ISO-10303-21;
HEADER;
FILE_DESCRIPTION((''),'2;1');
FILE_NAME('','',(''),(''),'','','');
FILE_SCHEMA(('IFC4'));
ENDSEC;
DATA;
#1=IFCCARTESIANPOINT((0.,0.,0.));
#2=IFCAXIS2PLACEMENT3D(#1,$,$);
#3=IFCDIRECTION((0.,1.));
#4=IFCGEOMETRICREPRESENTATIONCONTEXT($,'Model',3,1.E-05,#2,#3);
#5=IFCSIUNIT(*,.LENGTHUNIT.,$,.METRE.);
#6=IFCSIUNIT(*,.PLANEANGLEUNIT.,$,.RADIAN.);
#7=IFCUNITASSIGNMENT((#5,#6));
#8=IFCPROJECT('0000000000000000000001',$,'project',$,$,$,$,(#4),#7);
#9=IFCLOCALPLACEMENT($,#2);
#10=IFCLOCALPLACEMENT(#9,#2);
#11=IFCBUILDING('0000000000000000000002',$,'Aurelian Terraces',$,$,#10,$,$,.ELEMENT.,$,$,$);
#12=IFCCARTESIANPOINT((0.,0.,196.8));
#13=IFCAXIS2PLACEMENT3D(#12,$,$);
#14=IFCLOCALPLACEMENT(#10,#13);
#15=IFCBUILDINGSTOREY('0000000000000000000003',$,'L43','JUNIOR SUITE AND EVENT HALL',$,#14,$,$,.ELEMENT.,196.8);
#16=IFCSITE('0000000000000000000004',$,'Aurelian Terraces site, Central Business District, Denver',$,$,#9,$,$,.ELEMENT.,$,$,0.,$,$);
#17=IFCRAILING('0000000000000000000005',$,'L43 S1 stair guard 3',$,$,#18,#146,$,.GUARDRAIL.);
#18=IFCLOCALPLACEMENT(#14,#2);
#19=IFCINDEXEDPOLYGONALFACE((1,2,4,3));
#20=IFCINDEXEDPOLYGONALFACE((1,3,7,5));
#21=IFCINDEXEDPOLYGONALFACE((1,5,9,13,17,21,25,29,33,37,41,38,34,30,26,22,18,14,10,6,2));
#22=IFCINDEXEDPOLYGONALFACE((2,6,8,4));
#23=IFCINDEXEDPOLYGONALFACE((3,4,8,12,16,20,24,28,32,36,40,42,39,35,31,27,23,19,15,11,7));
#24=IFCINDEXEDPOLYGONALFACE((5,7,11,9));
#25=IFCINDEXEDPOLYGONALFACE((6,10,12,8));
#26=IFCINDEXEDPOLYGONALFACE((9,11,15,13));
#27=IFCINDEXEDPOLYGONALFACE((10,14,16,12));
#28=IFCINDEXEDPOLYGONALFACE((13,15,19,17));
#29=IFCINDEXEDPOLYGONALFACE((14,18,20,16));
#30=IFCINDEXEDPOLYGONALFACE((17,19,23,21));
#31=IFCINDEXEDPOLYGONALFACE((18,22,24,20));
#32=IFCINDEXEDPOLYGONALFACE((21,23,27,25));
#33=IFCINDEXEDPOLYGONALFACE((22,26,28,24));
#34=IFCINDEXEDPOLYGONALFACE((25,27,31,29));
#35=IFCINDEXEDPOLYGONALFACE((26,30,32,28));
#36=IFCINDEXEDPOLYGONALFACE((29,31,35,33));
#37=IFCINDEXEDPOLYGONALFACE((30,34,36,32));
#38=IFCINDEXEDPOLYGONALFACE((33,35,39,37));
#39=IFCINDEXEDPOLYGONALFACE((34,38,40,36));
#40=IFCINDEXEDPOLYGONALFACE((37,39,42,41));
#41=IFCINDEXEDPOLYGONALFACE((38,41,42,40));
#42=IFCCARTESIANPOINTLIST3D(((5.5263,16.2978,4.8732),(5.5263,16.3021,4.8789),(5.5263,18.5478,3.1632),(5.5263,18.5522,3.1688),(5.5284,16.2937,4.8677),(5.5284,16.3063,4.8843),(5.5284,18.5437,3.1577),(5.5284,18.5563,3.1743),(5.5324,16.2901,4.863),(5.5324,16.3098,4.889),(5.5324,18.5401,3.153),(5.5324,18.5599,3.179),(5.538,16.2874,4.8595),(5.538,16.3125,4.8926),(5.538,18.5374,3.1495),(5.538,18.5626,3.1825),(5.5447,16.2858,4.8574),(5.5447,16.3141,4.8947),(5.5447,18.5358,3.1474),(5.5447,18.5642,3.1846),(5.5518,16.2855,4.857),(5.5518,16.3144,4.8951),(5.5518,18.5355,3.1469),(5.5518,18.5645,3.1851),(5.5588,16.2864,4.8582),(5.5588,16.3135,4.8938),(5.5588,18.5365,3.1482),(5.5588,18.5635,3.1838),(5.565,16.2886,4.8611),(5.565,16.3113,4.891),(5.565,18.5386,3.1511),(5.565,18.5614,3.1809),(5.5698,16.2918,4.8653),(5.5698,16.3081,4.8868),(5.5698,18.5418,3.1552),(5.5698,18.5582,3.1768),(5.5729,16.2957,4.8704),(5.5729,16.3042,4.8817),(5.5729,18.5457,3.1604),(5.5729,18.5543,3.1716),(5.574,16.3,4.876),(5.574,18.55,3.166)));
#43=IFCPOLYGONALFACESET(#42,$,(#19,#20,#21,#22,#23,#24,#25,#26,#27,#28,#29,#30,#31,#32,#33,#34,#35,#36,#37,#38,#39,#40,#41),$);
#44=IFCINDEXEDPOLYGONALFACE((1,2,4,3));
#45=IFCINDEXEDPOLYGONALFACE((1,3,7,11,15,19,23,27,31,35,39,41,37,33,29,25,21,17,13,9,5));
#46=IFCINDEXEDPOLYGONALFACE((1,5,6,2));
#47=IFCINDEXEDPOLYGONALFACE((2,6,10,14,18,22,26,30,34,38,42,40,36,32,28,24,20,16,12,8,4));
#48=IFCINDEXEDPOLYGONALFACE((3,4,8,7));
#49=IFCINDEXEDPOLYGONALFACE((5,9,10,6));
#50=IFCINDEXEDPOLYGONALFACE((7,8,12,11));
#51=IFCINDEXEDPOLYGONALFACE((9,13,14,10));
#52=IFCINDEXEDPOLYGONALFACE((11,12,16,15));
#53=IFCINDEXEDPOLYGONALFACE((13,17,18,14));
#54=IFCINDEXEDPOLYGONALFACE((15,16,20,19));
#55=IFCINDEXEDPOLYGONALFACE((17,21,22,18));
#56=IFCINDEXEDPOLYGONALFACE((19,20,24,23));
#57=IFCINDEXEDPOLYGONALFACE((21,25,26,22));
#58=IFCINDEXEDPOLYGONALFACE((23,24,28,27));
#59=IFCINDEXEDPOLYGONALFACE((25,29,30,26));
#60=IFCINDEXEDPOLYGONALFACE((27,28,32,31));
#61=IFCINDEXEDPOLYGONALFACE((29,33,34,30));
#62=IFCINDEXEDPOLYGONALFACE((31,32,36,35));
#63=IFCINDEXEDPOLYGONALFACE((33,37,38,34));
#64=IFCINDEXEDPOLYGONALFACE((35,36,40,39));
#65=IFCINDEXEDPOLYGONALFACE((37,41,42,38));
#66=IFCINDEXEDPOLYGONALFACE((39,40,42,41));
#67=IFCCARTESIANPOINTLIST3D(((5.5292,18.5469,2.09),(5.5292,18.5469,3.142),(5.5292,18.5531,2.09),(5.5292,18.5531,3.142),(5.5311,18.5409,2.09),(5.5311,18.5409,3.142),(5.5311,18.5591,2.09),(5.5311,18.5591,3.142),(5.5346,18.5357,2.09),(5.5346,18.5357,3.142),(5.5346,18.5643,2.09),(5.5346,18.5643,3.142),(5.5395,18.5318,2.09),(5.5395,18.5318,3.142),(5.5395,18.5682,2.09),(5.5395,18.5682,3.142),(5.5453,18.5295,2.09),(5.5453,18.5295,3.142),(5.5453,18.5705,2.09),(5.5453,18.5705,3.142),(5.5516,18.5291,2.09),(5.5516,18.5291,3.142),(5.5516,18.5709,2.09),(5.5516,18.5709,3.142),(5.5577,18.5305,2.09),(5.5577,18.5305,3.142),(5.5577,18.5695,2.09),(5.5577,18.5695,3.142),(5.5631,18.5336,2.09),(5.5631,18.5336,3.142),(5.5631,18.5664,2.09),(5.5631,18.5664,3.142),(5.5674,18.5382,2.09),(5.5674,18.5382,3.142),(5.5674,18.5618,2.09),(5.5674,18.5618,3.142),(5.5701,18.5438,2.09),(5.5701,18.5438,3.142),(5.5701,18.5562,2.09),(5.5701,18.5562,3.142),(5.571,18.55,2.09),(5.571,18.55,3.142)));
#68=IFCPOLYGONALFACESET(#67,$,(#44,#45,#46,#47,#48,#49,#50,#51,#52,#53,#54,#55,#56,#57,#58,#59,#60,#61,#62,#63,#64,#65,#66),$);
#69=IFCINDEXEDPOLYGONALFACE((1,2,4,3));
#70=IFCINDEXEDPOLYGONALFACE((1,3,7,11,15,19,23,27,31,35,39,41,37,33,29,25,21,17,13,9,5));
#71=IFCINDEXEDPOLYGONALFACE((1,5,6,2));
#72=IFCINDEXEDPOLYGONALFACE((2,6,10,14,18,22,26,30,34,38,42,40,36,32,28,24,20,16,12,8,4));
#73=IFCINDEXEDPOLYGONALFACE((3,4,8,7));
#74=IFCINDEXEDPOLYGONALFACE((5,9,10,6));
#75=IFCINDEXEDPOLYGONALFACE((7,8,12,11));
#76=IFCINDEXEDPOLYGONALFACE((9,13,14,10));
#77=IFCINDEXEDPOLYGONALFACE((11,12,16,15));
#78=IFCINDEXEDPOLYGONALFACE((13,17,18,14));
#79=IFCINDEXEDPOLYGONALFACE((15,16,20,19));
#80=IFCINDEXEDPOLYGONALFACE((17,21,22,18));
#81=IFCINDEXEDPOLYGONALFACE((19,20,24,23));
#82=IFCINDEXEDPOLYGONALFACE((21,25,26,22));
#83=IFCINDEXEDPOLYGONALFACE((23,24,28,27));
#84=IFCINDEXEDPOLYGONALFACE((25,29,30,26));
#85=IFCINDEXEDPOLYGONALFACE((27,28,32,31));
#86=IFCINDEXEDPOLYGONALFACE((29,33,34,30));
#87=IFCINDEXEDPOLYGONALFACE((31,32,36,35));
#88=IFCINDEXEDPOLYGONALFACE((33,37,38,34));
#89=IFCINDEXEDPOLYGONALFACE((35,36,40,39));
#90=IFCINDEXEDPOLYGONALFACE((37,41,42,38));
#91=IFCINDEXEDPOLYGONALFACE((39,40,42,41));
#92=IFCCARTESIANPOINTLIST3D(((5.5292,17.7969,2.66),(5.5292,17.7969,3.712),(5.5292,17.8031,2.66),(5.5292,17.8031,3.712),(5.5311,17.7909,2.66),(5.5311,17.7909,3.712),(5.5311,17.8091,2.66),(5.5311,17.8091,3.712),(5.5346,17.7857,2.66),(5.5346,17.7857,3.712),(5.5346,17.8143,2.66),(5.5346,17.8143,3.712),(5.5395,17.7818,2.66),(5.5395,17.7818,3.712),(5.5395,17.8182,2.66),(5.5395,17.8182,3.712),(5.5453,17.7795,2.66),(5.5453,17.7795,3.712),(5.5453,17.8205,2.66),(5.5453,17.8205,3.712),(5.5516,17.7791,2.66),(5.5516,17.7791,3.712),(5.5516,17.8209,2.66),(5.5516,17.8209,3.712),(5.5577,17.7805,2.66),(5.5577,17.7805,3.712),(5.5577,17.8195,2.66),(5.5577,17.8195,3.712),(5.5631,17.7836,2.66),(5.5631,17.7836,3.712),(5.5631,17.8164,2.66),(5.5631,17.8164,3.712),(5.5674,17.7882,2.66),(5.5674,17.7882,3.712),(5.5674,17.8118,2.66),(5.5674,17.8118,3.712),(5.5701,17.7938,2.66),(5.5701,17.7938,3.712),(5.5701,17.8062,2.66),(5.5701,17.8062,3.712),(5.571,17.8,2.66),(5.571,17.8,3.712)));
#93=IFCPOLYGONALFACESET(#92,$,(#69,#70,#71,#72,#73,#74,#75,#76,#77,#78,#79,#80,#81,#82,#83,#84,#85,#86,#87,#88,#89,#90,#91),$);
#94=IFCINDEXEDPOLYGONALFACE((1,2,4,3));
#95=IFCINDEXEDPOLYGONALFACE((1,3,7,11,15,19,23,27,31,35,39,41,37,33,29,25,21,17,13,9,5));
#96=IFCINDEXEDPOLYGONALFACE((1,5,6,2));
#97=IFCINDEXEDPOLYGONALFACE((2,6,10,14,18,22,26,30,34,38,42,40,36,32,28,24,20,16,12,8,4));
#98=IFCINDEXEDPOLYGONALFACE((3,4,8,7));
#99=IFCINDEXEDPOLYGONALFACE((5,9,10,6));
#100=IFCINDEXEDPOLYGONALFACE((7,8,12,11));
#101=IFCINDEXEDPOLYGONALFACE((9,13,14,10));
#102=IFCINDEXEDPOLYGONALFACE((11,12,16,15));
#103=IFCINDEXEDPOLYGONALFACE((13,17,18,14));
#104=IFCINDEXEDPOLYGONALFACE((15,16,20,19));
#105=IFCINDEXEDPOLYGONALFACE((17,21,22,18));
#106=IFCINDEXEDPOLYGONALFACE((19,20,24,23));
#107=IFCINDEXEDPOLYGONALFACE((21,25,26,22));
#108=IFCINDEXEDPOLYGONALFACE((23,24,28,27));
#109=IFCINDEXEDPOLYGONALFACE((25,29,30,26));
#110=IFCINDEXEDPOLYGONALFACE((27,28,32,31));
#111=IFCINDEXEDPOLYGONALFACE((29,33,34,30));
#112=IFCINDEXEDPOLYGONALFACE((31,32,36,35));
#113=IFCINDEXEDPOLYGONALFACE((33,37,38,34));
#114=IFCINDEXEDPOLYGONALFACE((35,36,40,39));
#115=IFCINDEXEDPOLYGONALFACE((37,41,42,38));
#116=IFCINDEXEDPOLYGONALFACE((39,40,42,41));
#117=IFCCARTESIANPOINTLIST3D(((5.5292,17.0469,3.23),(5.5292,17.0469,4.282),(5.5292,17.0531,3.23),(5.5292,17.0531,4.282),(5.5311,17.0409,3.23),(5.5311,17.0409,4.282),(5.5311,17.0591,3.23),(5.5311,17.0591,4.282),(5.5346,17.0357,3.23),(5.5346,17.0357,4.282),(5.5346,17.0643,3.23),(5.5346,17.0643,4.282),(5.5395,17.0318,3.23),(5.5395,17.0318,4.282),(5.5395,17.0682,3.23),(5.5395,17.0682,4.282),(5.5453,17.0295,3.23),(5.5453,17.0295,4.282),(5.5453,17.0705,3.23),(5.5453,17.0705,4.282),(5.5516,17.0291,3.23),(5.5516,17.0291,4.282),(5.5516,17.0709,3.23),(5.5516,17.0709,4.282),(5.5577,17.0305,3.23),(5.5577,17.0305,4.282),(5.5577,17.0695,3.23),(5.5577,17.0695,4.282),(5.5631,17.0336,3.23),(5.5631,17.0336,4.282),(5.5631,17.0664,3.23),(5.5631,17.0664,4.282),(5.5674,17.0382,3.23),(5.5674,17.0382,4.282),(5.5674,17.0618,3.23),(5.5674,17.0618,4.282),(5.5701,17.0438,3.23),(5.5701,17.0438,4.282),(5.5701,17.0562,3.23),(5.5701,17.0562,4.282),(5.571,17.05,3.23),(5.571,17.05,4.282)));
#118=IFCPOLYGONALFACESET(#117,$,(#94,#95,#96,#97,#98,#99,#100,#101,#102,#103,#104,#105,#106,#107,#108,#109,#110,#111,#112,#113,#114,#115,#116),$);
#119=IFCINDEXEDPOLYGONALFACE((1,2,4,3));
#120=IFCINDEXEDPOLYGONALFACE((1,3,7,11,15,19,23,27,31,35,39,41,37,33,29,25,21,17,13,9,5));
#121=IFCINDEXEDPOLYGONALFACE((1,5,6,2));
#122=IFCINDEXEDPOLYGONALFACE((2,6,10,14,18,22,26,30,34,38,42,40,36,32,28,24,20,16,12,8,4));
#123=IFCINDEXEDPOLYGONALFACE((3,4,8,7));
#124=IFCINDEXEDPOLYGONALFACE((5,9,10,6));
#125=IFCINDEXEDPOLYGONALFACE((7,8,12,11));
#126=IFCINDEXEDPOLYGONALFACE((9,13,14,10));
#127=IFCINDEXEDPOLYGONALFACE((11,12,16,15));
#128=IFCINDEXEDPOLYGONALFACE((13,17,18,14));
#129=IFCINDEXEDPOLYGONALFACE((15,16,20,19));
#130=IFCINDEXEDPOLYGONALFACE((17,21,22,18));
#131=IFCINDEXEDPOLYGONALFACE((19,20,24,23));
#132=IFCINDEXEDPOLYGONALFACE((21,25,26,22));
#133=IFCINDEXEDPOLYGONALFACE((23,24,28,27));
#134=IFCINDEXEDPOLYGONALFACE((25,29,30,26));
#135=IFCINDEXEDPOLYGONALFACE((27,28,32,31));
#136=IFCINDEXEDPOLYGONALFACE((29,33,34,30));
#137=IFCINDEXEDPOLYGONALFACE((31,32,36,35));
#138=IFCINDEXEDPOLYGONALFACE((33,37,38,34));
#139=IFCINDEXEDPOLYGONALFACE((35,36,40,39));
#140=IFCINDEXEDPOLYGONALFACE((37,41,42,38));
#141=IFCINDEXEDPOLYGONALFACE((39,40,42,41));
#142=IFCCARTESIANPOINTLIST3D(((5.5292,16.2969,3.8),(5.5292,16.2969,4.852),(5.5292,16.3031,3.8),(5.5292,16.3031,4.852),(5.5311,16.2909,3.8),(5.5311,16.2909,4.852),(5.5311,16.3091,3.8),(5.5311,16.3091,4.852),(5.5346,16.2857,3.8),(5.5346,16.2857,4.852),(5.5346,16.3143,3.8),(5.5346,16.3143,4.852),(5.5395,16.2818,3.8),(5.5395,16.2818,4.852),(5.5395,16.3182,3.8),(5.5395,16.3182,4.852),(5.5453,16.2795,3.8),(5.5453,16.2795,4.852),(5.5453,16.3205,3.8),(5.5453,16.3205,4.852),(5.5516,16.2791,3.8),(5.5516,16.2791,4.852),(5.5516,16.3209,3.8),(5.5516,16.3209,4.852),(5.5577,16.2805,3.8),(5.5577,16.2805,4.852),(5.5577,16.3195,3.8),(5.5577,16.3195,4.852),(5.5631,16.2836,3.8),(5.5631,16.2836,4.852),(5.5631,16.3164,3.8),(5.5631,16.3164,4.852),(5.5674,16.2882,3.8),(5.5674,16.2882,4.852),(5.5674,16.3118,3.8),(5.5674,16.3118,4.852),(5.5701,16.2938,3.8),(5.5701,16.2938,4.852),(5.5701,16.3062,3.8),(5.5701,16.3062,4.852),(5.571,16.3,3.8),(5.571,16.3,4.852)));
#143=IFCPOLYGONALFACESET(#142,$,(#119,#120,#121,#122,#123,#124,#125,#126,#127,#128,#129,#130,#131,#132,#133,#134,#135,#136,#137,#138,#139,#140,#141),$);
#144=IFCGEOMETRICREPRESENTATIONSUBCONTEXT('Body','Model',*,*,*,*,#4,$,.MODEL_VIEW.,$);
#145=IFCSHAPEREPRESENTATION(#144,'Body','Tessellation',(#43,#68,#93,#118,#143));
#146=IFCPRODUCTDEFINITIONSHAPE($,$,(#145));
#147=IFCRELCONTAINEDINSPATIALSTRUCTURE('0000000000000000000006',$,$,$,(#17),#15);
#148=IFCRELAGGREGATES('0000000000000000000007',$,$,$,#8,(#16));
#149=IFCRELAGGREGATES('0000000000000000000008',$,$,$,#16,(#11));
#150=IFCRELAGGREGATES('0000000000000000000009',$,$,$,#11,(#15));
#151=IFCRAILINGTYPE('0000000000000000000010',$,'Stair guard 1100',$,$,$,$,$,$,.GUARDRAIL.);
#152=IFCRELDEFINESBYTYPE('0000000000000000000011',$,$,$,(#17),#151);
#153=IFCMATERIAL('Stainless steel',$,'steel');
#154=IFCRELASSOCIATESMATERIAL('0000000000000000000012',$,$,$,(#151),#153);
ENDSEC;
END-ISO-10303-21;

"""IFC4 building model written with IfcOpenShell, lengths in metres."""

from ifc_helpers import new_model, si_unit, direction, frame, origin, origin_2d, place, context, subcontext, project, spatial, circle, extrude, source, transform, mapped, material, type_object, element, save


model = new_model("IFC4")

# Units and contexts
model_context = context("Model", 3, precision=1e-05, world=origin(), true_north=direction((0.0, 1.0)))
body_context = subcontext(model_context, "Body", "Model", "MODEL_VIEW")
ifc_project = project(units=[si_unit("LENGTHUNIT", "METRE"), si_unit("PLANEANGLEUNIT", "RADIAN")], contexts=[model_context])

# Site, building, storey
site_placement = place(None, origin())
site = spatial("IfcSite", under=ifc_project, at=site_placement, Name="Aurelian Terraces site, Central Business District, Denver", CompositionType="ELEMENT", RefElevation=0.0)
building_placement = place(site_placement, origin())
building = spatial("IfcBuilding", under=site, at=building_placement, Name="Aurelian Terraces", CompositionType="ELEMENT")
storey_placement = place(building_placement, frame((0.0, 0.0, 196.8)))
storey = spatial("IfcBuildingStorey", under=building, at=storey_placement, Name="L43", Description="JUNIOR SUITE AND EVENT HALL", CompositionType="ELEMENT", Elevation=196.8)

# Shared definitions
ifc_material_1 = material(Name="Stainless steel", Category="steel")

# Railing
railing_type_1 = type_object("IfcRailingType", Name="Stair guard 1100", PredefinedType="GUARDRAIL", material=ifc_material_1)
shared_shape_1 = source(origin(), body_context, "Body", "SweptSolid", [
    extrude(circle(Radius=0.024, at=origin_2d()), frame((0.0, 0.0, 1.076), z_axis=(0.0, -0.796162, 0.605083), x_axis=(1.0, 0.0, 0.0)), (0.0, 0.0, 1.0), 2.8261),
    extrude(circle(Radius=0.021, at=origin_2d()), origin(), (0.0, 0.0, 1.0), 1.052),
    extrude(circle(Radius=0.021, at=origin_2d()), frame((0.0, -0.75, 0.57)), (0.0, 0.0, 1.0), 1.052),
    extrude(circle(Radius=0.021, at=origin_2d()), frame((0.0, -1.5, 1.14)), (0.0, 0.0, 1.0), 1.052),
    extrude(circle(Radius=0.021, at=origin_2d()), frame((0.0, -2.25, 1.71)), (0.0, 0.0, 1.0), 1.052),
])
railing_1_placement = place(storey_placement, frame((5.55, 18.55, 2.09)))
element("IfcRailing", 1, at=railing_1_placement, inside=storey, type_object=railing_type_1, Name="L43 S1 stair guard 3", PredefinedType="GUARDRAIL", context=body_context, shape_type="MappedRepresentation", body=[
    mapped(shared_shape_1, transform((0.0, 0.0, 0.0), scale=1.0)),
])

save(model, "model.ifc")
